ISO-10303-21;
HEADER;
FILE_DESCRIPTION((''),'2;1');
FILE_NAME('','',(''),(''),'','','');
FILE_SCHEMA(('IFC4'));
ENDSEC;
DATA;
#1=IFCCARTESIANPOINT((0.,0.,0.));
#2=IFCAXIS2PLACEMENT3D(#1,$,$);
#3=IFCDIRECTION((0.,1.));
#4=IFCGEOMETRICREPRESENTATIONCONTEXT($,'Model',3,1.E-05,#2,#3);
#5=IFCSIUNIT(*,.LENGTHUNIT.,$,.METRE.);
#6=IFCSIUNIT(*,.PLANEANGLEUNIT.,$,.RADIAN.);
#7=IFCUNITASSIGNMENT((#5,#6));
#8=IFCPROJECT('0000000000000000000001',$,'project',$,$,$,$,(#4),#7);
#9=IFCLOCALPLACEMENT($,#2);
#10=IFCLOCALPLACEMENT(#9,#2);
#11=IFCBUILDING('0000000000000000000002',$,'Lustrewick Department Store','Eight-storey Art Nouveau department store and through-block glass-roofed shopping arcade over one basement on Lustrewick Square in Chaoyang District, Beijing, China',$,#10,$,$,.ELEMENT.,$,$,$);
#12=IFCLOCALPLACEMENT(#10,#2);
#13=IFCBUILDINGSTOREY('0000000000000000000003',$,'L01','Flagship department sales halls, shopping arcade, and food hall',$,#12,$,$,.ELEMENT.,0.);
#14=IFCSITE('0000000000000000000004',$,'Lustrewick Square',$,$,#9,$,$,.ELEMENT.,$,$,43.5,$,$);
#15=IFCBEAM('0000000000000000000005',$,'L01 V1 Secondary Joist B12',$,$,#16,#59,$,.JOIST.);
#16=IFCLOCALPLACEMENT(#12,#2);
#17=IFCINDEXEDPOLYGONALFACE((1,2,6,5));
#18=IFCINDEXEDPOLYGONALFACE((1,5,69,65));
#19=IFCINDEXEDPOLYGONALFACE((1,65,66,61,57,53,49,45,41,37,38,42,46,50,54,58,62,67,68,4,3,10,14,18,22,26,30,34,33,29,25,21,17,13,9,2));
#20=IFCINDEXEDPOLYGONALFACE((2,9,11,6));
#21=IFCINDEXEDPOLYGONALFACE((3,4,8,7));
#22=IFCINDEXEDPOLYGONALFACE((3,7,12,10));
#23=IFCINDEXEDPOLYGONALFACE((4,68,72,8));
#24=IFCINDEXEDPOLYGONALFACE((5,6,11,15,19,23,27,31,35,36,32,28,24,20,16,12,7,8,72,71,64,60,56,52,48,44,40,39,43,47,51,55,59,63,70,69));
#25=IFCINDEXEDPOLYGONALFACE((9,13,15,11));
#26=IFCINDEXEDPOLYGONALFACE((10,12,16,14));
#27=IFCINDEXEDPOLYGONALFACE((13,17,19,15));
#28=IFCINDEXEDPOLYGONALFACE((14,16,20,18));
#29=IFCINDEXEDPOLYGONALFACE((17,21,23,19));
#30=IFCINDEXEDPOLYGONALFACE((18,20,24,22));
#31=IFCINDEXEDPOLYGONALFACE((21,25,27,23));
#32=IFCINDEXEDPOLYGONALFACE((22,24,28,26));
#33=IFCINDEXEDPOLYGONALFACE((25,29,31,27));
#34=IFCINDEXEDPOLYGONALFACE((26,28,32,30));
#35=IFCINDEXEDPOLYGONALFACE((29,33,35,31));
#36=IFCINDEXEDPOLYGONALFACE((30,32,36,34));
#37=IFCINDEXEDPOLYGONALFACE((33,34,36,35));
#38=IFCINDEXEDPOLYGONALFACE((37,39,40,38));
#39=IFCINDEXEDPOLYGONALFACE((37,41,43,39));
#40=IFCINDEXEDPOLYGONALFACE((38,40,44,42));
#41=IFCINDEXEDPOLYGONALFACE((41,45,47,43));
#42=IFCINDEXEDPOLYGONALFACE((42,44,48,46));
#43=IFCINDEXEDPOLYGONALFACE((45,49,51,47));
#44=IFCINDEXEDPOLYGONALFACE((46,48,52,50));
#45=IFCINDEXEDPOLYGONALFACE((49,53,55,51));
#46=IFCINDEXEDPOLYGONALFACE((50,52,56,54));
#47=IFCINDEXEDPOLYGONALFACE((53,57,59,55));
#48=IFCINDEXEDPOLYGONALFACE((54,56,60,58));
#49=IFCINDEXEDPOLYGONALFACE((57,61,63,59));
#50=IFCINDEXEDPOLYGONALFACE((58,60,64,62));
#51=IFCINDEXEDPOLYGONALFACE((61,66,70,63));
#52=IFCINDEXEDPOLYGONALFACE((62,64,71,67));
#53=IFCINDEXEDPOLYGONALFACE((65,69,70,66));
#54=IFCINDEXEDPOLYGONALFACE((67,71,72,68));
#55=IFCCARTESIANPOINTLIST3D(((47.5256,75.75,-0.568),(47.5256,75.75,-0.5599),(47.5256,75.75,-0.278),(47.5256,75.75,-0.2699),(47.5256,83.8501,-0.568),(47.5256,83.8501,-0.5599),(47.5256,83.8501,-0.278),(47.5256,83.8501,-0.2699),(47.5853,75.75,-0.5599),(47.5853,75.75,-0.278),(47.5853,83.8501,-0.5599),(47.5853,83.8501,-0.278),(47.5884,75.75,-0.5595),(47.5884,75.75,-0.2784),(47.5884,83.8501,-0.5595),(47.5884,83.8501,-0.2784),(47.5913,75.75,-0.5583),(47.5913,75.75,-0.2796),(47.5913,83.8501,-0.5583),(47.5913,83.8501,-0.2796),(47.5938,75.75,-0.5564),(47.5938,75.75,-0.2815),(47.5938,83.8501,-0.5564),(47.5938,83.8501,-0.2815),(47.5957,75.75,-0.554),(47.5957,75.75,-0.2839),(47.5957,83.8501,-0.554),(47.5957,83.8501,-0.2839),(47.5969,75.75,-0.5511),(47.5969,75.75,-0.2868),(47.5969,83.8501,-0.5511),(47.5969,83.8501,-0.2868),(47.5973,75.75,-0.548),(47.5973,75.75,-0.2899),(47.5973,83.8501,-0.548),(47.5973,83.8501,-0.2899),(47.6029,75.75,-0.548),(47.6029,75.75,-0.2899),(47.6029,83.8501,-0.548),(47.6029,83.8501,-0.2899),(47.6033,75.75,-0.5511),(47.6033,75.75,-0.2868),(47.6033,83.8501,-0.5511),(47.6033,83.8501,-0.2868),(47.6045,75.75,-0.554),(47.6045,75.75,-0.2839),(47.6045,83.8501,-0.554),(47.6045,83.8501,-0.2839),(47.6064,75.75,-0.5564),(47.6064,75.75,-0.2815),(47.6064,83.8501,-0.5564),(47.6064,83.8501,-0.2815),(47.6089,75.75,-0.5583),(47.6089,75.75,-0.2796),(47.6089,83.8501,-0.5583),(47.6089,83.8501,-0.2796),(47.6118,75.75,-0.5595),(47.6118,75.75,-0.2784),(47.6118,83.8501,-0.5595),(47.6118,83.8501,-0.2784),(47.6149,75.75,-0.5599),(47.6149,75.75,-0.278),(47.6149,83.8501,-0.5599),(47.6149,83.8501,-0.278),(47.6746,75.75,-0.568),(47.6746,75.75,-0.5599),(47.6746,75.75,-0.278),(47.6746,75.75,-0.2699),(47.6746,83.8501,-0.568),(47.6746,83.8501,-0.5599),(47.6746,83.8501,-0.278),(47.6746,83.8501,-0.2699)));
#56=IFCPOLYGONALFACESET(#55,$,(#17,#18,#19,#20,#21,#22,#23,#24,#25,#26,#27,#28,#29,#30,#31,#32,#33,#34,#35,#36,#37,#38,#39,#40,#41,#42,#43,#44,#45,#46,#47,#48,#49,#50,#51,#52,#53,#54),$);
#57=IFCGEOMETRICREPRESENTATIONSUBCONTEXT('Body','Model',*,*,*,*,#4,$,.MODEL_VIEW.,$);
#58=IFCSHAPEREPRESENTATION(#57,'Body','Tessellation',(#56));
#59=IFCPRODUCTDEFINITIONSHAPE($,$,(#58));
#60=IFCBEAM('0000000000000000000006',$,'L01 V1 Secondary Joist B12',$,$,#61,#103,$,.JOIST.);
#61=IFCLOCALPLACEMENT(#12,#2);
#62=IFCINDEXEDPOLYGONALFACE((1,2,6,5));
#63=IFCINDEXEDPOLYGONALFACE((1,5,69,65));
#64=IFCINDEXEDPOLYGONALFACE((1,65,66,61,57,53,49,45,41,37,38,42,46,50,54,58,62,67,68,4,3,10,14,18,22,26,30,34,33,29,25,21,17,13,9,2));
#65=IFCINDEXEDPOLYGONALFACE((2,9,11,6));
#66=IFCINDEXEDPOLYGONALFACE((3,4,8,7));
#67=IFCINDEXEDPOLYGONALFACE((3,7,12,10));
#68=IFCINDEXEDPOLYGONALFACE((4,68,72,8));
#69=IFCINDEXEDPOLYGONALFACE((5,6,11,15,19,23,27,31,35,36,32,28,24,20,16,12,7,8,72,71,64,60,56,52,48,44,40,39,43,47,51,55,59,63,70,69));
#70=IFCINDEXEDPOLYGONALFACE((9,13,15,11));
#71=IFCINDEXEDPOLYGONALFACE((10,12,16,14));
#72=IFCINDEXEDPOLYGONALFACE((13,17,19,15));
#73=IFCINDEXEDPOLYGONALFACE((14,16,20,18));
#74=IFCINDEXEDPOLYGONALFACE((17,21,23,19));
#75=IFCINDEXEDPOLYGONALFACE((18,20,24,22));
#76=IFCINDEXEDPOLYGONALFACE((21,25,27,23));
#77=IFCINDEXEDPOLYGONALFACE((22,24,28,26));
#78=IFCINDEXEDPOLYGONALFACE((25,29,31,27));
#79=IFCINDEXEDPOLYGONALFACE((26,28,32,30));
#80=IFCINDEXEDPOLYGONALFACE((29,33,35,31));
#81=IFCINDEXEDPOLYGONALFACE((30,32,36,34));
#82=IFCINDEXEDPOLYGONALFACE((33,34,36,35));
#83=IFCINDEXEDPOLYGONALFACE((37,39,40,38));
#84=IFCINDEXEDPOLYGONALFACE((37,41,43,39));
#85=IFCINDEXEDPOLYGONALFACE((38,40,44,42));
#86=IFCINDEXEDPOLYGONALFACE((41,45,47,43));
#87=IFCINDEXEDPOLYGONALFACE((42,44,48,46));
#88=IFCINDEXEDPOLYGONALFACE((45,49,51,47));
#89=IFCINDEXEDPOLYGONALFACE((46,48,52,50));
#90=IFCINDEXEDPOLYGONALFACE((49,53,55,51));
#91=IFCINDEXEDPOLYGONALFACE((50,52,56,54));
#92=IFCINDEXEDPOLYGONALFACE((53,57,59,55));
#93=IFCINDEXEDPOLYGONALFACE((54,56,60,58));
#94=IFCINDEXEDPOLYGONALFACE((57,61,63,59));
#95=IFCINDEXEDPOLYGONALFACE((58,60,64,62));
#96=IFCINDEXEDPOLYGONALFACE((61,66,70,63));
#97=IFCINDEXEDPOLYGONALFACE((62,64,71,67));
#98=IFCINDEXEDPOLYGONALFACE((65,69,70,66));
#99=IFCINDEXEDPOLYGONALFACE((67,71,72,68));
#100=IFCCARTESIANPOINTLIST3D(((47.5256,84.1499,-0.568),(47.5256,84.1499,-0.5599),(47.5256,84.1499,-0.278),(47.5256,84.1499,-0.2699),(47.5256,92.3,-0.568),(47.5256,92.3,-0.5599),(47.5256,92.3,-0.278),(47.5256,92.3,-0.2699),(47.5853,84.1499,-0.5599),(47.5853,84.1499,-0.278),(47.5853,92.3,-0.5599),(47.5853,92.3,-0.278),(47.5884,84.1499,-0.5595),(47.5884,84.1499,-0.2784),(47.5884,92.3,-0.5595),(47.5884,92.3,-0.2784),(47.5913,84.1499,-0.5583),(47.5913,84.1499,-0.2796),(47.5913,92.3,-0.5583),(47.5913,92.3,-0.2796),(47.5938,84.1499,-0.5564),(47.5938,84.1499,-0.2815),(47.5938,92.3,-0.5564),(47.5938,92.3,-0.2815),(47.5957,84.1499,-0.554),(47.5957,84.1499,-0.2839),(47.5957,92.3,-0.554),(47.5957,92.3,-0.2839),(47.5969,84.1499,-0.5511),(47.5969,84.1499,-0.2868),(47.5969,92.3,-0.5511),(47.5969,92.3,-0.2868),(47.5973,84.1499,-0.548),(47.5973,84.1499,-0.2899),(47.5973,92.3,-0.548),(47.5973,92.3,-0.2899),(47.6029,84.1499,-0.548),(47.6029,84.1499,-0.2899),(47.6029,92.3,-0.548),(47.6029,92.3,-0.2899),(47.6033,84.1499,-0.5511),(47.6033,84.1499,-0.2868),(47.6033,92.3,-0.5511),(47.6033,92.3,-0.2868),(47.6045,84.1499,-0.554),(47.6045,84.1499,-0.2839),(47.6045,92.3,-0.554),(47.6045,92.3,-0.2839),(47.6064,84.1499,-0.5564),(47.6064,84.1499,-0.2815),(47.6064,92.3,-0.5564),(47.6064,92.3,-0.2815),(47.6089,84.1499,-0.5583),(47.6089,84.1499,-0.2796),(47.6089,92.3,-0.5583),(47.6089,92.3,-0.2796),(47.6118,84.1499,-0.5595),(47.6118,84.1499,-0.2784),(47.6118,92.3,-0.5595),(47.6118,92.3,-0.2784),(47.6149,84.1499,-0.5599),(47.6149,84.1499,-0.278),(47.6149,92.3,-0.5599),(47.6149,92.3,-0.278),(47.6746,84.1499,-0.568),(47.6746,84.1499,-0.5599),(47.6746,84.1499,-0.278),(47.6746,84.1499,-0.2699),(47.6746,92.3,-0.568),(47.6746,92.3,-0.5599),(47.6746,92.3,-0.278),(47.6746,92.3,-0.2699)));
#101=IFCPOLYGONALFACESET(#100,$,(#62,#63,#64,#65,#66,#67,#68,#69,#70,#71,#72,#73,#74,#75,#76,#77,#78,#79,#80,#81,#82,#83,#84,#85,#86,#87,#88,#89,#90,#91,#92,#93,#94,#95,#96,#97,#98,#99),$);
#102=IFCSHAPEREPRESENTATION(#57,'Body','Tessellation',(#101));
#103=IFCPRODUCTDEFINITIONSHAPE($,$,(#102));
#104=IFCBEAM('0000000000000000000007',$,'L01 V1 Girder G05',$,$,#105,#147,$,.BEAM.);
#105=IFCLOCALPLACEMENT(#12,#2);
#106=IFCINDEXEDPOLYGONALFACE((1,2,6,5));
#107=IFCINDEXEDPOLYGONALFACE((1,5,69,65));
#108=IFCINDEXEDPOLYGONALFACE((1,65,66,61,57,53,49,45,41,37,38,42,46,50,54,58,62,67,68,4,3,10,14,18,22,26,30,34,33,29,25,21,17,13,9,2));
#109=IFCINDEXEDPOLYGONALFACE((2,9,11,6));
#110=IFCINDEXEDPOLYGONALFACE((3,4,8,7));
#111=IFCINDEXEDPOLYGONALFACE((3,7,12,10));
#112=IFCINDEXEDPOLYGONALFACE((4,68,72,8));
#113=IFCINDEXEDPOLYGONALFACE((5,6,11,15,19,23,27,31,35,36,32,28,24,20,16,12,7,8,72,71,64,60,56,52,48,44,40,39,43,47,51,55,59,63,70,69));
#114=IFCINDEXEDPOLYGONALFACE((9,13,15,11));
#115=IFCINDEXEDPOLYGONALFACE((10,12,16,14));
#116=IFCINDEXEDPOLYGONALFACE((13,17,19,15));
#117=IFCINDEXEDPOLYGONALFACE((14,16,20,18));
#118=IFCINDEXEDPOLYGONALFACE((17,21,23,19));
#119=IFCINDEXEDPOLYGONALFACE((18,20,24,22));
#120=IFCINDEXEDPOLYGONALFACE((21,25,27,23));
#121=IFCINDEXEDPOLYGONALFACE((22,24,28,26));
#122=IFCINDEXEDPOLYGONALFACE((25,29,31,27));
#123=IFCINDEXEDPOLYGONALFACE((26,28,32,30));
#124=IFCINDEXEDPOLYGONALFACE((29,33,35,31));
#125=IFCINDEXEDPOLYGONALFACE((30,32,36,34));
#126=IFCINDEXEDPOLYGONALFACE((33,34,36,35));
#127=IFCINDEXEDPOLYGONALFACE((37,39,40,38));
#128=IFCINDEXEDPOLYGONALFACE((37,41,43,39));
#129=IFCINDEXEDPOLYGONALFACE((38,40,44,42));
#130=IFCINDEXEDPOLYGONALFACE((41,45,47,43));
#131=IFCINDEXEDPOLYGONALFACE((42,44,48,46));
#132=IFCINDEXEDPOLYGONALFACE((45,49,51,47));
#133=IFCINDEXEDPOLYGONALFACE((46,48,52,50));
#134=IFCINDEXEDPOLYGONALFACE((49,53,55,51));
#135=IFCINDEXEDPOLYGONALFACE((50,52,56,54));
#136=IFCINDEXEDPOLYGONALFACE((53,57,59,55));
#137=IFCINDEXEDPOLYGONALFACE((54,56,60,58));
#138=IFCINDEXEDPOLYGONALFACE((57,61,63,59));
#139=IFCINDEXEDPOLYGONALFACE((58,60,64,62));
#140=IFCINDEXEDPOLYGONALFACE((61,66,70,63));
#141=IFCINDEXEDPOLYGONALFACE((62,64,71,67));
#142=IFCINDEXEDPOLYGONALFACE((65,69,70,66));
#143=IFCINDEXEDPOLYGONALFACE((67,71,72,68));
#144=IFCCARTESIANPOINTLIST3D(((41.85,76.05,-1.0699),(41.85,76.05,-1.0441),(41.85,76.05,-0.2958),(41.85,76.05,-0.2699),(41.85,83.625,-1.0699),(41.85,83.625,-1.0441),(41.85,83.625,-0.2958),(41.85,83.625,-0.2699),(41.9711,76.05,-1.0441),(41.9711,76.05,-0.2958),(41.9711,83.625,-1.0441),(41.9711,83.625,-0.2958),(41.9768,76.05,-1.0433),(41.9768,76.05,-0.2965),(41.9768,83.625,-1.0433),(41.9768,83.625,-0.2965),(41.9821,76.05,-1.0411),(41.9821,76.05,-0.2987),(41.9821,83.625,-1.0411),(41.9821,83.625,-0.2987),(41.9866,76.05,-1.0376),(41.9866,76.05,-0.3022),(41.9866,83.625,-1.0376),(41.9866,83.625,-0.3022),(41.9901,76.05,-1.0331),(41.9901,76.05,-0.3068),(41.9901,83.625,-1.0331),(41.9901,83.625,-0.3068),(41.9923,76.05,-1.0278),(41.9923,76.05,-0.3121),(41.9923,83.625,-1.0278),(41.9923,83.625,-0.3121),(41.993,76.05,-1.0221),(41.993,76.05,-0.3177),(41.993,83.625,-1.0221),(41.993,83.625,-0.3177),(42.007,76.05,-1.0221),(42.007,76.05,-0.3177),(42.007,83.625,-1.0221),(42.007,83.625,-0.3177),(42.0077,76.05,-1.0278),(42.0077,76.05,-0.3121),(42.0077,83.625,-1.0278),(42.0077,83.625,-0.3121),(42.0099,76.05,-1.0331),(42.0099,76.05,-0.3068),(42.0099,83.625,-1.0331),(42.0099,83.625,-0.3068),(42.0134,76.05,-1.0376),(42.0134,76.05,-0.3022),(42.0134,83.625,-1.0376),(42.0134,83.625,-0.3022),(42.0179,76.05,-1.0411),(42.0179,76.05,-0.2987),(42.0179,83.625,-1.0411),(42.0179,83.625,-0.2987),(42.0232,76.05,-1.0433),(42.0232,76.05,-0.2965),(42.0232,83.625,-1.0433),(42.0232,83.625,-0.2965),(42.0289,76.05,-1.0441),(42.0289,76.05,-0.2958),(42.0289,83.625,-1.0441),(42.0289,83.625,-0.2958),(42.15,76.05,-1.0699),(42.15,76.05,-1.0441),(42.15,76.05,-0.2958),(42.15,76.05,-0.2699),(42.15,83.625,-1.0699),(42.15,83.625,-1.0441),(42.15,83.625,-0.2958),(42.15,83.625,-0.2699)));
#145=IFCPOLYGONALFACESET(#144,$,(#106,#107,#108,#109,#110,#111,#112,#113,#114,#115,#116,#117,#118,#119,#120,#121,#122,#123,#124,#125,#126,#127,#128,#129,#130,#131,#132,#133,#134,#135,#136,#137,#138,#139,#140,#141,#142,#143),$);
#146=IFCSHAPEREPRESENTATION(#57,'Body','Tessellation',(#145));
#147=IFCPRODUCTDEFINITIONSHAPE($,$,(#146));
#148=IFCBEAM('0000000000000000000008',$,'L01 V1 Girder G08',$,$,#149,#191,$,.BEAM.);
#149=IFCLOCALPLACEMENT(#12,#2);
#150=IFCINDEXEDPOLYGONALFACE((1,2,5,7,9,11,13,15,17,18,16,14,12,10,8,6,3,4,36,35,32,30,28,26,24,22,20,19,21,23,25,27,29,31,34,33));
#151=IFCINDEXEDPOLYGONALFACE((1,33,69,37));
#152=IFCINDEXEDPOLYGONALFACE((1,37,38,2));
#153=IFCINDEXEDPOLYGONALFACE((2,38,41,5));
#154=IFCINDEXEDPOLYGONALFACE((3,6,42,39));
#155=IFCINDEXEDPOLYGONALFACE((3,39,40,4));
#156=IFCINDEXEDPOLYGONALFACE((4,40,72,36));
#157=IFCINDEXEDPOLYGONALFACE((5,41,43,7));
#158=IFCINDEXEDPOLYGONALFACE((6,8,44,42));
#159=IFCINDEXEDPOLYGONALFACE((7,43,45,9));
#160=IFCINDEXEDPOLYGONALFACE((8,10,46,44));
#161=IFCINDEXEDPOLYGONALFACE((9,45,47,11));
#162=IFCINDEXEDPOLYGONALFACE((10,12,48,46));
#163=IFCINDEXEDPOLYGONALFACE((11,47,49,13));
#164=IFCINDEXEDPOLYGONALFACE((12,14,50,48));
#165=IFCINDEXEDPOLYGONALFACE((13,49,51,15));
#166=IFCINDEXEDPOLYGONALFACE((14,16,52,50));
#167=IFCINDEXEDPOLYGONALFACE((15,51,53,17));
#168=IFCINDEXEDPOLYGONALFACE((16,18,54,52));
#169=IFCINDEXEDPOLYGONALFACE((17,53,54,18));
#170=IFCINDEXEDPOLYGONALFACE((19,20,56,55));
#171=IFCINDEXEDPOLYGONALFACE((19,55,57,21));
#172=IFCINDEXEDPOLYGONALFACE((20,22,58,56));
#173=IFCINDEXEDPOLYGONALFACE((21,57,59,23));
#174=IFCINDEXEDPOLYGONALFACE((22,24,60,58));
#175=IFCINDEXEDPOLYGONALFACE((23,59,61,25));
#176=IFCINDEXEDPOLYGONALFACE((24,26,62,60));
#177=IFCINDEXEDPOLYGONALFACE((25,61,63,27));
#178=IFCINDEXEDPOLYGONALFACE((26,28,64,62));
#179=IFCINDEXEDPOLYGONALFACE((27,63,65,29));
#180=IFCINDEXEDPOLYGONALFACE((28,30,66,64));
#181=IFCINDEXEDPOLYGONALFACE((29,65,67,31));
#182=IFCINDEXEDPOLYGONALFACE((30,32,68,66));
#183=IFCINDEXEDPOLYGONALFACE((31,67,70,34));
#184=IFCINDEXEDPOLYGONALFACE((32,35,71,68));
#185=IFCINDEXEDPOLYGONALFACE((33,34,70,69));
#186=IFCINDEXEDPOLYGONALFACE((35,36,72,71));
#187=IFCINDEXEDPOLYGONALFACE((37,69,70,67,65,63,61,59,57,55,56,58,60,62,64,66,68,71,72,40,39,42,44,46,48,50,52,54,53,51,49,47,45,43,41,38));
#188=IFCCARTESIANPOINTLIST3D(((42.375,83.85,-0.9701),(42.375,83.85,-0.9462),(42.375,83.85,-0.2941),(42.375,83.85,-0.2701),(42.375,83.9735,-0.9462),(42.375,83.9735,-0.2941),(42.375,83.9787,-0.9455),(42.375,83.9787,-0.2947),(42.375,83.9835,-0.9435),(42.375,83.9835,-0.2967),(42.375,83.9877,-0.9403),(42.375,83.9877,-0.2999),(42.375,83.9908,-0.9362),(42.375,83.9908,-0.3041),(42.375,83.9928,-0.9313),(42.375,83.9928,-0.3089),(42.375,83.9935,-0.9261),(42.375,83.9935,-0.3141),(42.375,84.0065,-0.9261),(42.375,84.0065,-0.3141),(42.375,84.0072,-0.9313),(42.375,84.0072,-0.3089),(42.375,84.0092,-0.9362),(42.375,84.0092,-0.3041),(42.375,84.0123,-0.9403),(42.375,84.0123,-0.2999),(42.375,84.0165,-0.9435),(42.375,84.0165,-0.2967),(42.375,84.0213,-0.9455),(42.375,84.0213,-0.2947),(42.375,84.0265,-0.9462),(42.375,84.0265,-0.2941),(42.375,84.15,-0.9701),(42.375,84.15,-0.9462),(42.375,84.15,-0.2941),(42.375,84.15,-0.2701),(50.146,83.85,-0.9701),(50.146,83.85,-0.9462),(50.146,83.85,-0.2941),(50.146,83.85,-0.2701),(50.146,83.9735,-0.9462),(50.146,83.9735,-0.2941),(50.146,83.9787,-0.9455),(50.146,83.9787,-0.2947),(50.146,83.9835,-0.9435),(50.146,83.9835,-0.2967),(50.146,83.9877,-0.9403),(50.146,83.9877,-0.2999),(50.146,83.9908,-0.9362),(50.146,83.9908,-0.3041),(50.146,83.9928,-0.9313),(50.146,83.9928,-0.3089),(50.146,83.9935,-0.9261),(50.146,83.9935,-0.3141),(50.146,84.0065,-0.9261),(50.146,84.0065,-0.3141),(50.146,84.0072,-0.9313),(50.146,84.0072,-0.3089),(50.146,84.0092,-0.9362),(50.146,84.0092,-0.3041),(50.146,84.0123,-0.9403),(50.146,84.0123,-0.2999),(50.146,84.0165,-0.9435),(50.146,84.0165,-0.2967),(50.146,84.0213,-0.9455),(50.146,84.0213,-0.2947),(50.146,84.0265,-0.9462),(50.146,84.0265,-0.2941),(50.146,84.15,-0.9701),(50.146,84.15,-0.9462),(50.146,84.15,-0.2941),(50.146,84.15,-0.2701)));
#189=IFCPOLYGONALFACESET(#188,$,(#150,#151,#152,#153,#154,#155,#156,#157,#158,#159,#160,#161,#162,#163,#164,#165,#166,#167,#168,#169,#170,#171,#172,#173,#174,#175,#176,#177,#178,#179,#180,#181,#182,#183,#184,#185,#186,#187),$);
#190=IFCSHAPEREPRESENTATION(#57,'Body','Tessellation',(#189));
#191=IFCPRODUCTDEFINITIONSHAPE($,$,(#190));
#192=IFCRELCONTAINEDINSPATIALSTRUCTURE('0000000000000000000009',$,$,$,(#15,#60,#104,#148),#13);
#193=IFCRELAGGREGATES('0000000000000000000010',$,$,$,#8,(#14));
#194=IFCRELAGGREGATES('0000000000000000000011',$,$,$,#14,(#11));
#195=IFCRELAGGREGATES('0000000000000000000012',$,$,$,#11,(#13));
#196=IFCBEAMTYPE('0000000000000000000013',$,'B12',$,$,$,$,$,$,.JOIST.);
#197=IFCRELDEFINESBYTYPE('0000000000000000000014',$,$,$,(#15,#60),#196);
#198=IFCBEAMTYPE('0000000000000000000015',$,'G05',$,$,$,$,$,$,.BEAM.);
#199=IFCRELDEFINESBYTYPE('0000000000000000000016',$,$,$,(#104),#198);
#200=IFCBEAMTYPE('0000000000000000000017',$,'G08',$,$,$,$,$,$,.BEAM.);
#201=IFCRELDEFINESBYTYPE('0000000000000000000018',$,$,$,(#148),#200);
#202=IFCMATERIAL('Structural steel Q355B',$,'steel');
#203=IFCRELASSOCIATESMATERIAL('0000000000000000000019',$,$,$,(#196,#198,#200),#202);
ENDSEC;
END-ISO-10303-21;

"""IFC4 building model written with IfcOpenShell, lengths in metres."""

from ifc_helpers import new_model, si_unit, direction, frame, origin, origin_2d, place, context, subcontext, project, spatial, i_section, extrude, material, material_profile, profile_set, type_object, element, save


model = new_model("IFC4")

# Units and contexts
model_context = context("Model", 3, precision=1e-05, world=origin(), true_north=direction((0.0, 1.0)))
body_context = subcontext(model_context, "Body", "Model", "MODEL_VIEW")
ifc_project = project(units=[si_unit("LENGTHUNIT", "METRE"), si_unit("PLANEANGLEUNIT", "RADIAN")], contexts=[model_context])

# Site, building, storey
site_placement = place(None, origin())
site = spatial("IfcSite", under=ifc_project, at=site_placement, Name="Lustrewick Square", CompositionType="ELEMENT", RefElevation=43.5)
building_placement = place(site_placement, origin())
building = spatial("IfcBuilding", under=site, at=building_placement, Name="Lustrewick Department Store", Description="Eight-storey Art Nouveau department store and through-block glass-roofed shopping arcade over one basement on Lustrewick Square in Chaoyang District, Beijing, China", CompositionType="ELEMENT")
storey_placement = place(building_placement, origin())
storey = spatial("IfcBuildingStorey", under=building, at=storey_placement, Name="L01", Description="Flagship department sales halls, shopping arcade, and food hall", CompositionType="ELEMENT", Elevation=0.0)

# Beams
ifc_material_1 = material(Name="Structural steel Q355B", Category="steel")
ifc_material_profile_1 = material_profile(ifc_material_1, i_section(OverallWidth=0.1489, OverallDepth=0.2981, WebThickness=0.0056, FlangeThickness=0.0081, FilletRadius=0.012, at=origin_2d()), Name="HN 298x149x5.5x8")
ifc_profile_set_1 = profile_set([ifc_material_profile_1], Name="Structural steel Q355B")
beam_type_1 = type_object("IfcBeamType", Name="B12", PredefinedType="JOIST", material=ifc_profile_set_1)
beam_1_placement = place(storey_placement, frame((47.6001, 75.75, -0.4189), z_axis=(0.0, 1.0, 0.0), x_axis=(-1.0, 0.0, 0.0)))
element("IfcBeam", 1, at=beam_1_placement, inside=storey, type_object=beam_type_1, Name="L01 V1 Secondary Joist B12", PredefinedType="JOIST", context=body_context, shape_type="SweptSolid", body=[
    extrude(i_section(OverallWidth=0.1489, OverallDepth=0.2981, WebThickness=0.0056, FlangeThickness=0.0081, FilletRadius=0.012, at=origin_2d()), origin(), (0.0, 0.0, 1.0), 8.1001),
])
beam_2_placement = place(storey_placement, frame((47.6001, 84.1499, -0.4189), z_axis=(0.0, 1.0, 0.0), x_axis=(-1.0, 0.0, 0.0)))
element("IfcBeam", 2, at=beam_2_placement, inside=storey, type_object=beam_type_1, Name="L01 V1 Secondary Joist B12", PredefinedType="JOIST", context=body_context, shape_type="SweptSolid", body=[
    extrude(i_section(OverallWidth=0.1489, OverallDepth=0.2981, WebThickness=0.0056, FlangeThickness=0.0081, FilletRadius=0.012, at=origin_2d()), origin(), (0.0, 0.0, 1.0), 8.1501),
])
ifc_material_profile_2 = material_profile(ifc_material_1, i_section(OverallWidth=0.3, OverallDepth=0.8, WebThickness=0.0139, FlangeThickness=0.0259, FilletRadius=0.022, at=origin_2d()), Name="HN 800x300x14x26")
ifc_profile_set_2 = profile_set([ifc_material_profile_2], Name="Structural steel Q355B")
beam_type_2 = type_object("IfcBeamType", Name="G05", PredefinedType="BEAM", material=ifc_profile_set_2)
beam_3_placement = place(storey_placement, frame((42.0, 76.05, -0.6699), z_axis=(0.0, 1.0, 0.0), x_axis=(-1.0, 0.0, 0.0)))
element("IfcBeam", 3, at=beam_3_placement, inside=storey, type_object=beam_type_2, Name="L01 V1 Girder G05", PredefinedType="BEAM", context=body_context, shape_type="SweptSolid", body=[
    extrude(i_section(OverallWidth=0.3, OverallDepth=0.8, WebThickness=0.0139, FlangeThickness=0.0259, FilletRadius=0.022, at=origin_2d()), origin(), (0.0, 0.0, 1.0), 7.575),
])
ifc_material_profile_3 = material_profile(ifc_material_1, i_section(OverallWidth=0.3, OverallDepth=0.7, WebThickness=0.0129, FlangeThickness=0.0239, FilletRadius=0.02, at=origin_2d()), Name="HN 700x300x13x24")
ifc_profile_set_3 = profile_set([ifc_material_profile_3], Name="Structural steel Q355B")
beam_type_3 = type_object("IfcBeamType", Name="G08", PredefinedType="BEAM", material=ifc_profile_set_3)
beam_4_placement = place(storey_placement, frame((42.375, 84.0, -0.6201), z_axis=(1.0, 0.0, 0.0), x_axis=(0.0, 1.0, 0.0)))
element("IfcBeam", 4, at=beam_4_placement, inside=storey, type_object=beam_type_3, Name="L01 V1 Girder G08", PredefinedType="BEAM", context=body_context, shape_type="SweptSolid", body=[
    extrude(i_section(OverallWidth=0.3, OverallDepth=0.7, WebThickness=0.0129, FlangeThickness=0.0239, FilletRadius=0.02, at=origin_2d()), origin(), (0.0, 0.0, 1.0), 7.771),
])

save(model, "model.ifc")
